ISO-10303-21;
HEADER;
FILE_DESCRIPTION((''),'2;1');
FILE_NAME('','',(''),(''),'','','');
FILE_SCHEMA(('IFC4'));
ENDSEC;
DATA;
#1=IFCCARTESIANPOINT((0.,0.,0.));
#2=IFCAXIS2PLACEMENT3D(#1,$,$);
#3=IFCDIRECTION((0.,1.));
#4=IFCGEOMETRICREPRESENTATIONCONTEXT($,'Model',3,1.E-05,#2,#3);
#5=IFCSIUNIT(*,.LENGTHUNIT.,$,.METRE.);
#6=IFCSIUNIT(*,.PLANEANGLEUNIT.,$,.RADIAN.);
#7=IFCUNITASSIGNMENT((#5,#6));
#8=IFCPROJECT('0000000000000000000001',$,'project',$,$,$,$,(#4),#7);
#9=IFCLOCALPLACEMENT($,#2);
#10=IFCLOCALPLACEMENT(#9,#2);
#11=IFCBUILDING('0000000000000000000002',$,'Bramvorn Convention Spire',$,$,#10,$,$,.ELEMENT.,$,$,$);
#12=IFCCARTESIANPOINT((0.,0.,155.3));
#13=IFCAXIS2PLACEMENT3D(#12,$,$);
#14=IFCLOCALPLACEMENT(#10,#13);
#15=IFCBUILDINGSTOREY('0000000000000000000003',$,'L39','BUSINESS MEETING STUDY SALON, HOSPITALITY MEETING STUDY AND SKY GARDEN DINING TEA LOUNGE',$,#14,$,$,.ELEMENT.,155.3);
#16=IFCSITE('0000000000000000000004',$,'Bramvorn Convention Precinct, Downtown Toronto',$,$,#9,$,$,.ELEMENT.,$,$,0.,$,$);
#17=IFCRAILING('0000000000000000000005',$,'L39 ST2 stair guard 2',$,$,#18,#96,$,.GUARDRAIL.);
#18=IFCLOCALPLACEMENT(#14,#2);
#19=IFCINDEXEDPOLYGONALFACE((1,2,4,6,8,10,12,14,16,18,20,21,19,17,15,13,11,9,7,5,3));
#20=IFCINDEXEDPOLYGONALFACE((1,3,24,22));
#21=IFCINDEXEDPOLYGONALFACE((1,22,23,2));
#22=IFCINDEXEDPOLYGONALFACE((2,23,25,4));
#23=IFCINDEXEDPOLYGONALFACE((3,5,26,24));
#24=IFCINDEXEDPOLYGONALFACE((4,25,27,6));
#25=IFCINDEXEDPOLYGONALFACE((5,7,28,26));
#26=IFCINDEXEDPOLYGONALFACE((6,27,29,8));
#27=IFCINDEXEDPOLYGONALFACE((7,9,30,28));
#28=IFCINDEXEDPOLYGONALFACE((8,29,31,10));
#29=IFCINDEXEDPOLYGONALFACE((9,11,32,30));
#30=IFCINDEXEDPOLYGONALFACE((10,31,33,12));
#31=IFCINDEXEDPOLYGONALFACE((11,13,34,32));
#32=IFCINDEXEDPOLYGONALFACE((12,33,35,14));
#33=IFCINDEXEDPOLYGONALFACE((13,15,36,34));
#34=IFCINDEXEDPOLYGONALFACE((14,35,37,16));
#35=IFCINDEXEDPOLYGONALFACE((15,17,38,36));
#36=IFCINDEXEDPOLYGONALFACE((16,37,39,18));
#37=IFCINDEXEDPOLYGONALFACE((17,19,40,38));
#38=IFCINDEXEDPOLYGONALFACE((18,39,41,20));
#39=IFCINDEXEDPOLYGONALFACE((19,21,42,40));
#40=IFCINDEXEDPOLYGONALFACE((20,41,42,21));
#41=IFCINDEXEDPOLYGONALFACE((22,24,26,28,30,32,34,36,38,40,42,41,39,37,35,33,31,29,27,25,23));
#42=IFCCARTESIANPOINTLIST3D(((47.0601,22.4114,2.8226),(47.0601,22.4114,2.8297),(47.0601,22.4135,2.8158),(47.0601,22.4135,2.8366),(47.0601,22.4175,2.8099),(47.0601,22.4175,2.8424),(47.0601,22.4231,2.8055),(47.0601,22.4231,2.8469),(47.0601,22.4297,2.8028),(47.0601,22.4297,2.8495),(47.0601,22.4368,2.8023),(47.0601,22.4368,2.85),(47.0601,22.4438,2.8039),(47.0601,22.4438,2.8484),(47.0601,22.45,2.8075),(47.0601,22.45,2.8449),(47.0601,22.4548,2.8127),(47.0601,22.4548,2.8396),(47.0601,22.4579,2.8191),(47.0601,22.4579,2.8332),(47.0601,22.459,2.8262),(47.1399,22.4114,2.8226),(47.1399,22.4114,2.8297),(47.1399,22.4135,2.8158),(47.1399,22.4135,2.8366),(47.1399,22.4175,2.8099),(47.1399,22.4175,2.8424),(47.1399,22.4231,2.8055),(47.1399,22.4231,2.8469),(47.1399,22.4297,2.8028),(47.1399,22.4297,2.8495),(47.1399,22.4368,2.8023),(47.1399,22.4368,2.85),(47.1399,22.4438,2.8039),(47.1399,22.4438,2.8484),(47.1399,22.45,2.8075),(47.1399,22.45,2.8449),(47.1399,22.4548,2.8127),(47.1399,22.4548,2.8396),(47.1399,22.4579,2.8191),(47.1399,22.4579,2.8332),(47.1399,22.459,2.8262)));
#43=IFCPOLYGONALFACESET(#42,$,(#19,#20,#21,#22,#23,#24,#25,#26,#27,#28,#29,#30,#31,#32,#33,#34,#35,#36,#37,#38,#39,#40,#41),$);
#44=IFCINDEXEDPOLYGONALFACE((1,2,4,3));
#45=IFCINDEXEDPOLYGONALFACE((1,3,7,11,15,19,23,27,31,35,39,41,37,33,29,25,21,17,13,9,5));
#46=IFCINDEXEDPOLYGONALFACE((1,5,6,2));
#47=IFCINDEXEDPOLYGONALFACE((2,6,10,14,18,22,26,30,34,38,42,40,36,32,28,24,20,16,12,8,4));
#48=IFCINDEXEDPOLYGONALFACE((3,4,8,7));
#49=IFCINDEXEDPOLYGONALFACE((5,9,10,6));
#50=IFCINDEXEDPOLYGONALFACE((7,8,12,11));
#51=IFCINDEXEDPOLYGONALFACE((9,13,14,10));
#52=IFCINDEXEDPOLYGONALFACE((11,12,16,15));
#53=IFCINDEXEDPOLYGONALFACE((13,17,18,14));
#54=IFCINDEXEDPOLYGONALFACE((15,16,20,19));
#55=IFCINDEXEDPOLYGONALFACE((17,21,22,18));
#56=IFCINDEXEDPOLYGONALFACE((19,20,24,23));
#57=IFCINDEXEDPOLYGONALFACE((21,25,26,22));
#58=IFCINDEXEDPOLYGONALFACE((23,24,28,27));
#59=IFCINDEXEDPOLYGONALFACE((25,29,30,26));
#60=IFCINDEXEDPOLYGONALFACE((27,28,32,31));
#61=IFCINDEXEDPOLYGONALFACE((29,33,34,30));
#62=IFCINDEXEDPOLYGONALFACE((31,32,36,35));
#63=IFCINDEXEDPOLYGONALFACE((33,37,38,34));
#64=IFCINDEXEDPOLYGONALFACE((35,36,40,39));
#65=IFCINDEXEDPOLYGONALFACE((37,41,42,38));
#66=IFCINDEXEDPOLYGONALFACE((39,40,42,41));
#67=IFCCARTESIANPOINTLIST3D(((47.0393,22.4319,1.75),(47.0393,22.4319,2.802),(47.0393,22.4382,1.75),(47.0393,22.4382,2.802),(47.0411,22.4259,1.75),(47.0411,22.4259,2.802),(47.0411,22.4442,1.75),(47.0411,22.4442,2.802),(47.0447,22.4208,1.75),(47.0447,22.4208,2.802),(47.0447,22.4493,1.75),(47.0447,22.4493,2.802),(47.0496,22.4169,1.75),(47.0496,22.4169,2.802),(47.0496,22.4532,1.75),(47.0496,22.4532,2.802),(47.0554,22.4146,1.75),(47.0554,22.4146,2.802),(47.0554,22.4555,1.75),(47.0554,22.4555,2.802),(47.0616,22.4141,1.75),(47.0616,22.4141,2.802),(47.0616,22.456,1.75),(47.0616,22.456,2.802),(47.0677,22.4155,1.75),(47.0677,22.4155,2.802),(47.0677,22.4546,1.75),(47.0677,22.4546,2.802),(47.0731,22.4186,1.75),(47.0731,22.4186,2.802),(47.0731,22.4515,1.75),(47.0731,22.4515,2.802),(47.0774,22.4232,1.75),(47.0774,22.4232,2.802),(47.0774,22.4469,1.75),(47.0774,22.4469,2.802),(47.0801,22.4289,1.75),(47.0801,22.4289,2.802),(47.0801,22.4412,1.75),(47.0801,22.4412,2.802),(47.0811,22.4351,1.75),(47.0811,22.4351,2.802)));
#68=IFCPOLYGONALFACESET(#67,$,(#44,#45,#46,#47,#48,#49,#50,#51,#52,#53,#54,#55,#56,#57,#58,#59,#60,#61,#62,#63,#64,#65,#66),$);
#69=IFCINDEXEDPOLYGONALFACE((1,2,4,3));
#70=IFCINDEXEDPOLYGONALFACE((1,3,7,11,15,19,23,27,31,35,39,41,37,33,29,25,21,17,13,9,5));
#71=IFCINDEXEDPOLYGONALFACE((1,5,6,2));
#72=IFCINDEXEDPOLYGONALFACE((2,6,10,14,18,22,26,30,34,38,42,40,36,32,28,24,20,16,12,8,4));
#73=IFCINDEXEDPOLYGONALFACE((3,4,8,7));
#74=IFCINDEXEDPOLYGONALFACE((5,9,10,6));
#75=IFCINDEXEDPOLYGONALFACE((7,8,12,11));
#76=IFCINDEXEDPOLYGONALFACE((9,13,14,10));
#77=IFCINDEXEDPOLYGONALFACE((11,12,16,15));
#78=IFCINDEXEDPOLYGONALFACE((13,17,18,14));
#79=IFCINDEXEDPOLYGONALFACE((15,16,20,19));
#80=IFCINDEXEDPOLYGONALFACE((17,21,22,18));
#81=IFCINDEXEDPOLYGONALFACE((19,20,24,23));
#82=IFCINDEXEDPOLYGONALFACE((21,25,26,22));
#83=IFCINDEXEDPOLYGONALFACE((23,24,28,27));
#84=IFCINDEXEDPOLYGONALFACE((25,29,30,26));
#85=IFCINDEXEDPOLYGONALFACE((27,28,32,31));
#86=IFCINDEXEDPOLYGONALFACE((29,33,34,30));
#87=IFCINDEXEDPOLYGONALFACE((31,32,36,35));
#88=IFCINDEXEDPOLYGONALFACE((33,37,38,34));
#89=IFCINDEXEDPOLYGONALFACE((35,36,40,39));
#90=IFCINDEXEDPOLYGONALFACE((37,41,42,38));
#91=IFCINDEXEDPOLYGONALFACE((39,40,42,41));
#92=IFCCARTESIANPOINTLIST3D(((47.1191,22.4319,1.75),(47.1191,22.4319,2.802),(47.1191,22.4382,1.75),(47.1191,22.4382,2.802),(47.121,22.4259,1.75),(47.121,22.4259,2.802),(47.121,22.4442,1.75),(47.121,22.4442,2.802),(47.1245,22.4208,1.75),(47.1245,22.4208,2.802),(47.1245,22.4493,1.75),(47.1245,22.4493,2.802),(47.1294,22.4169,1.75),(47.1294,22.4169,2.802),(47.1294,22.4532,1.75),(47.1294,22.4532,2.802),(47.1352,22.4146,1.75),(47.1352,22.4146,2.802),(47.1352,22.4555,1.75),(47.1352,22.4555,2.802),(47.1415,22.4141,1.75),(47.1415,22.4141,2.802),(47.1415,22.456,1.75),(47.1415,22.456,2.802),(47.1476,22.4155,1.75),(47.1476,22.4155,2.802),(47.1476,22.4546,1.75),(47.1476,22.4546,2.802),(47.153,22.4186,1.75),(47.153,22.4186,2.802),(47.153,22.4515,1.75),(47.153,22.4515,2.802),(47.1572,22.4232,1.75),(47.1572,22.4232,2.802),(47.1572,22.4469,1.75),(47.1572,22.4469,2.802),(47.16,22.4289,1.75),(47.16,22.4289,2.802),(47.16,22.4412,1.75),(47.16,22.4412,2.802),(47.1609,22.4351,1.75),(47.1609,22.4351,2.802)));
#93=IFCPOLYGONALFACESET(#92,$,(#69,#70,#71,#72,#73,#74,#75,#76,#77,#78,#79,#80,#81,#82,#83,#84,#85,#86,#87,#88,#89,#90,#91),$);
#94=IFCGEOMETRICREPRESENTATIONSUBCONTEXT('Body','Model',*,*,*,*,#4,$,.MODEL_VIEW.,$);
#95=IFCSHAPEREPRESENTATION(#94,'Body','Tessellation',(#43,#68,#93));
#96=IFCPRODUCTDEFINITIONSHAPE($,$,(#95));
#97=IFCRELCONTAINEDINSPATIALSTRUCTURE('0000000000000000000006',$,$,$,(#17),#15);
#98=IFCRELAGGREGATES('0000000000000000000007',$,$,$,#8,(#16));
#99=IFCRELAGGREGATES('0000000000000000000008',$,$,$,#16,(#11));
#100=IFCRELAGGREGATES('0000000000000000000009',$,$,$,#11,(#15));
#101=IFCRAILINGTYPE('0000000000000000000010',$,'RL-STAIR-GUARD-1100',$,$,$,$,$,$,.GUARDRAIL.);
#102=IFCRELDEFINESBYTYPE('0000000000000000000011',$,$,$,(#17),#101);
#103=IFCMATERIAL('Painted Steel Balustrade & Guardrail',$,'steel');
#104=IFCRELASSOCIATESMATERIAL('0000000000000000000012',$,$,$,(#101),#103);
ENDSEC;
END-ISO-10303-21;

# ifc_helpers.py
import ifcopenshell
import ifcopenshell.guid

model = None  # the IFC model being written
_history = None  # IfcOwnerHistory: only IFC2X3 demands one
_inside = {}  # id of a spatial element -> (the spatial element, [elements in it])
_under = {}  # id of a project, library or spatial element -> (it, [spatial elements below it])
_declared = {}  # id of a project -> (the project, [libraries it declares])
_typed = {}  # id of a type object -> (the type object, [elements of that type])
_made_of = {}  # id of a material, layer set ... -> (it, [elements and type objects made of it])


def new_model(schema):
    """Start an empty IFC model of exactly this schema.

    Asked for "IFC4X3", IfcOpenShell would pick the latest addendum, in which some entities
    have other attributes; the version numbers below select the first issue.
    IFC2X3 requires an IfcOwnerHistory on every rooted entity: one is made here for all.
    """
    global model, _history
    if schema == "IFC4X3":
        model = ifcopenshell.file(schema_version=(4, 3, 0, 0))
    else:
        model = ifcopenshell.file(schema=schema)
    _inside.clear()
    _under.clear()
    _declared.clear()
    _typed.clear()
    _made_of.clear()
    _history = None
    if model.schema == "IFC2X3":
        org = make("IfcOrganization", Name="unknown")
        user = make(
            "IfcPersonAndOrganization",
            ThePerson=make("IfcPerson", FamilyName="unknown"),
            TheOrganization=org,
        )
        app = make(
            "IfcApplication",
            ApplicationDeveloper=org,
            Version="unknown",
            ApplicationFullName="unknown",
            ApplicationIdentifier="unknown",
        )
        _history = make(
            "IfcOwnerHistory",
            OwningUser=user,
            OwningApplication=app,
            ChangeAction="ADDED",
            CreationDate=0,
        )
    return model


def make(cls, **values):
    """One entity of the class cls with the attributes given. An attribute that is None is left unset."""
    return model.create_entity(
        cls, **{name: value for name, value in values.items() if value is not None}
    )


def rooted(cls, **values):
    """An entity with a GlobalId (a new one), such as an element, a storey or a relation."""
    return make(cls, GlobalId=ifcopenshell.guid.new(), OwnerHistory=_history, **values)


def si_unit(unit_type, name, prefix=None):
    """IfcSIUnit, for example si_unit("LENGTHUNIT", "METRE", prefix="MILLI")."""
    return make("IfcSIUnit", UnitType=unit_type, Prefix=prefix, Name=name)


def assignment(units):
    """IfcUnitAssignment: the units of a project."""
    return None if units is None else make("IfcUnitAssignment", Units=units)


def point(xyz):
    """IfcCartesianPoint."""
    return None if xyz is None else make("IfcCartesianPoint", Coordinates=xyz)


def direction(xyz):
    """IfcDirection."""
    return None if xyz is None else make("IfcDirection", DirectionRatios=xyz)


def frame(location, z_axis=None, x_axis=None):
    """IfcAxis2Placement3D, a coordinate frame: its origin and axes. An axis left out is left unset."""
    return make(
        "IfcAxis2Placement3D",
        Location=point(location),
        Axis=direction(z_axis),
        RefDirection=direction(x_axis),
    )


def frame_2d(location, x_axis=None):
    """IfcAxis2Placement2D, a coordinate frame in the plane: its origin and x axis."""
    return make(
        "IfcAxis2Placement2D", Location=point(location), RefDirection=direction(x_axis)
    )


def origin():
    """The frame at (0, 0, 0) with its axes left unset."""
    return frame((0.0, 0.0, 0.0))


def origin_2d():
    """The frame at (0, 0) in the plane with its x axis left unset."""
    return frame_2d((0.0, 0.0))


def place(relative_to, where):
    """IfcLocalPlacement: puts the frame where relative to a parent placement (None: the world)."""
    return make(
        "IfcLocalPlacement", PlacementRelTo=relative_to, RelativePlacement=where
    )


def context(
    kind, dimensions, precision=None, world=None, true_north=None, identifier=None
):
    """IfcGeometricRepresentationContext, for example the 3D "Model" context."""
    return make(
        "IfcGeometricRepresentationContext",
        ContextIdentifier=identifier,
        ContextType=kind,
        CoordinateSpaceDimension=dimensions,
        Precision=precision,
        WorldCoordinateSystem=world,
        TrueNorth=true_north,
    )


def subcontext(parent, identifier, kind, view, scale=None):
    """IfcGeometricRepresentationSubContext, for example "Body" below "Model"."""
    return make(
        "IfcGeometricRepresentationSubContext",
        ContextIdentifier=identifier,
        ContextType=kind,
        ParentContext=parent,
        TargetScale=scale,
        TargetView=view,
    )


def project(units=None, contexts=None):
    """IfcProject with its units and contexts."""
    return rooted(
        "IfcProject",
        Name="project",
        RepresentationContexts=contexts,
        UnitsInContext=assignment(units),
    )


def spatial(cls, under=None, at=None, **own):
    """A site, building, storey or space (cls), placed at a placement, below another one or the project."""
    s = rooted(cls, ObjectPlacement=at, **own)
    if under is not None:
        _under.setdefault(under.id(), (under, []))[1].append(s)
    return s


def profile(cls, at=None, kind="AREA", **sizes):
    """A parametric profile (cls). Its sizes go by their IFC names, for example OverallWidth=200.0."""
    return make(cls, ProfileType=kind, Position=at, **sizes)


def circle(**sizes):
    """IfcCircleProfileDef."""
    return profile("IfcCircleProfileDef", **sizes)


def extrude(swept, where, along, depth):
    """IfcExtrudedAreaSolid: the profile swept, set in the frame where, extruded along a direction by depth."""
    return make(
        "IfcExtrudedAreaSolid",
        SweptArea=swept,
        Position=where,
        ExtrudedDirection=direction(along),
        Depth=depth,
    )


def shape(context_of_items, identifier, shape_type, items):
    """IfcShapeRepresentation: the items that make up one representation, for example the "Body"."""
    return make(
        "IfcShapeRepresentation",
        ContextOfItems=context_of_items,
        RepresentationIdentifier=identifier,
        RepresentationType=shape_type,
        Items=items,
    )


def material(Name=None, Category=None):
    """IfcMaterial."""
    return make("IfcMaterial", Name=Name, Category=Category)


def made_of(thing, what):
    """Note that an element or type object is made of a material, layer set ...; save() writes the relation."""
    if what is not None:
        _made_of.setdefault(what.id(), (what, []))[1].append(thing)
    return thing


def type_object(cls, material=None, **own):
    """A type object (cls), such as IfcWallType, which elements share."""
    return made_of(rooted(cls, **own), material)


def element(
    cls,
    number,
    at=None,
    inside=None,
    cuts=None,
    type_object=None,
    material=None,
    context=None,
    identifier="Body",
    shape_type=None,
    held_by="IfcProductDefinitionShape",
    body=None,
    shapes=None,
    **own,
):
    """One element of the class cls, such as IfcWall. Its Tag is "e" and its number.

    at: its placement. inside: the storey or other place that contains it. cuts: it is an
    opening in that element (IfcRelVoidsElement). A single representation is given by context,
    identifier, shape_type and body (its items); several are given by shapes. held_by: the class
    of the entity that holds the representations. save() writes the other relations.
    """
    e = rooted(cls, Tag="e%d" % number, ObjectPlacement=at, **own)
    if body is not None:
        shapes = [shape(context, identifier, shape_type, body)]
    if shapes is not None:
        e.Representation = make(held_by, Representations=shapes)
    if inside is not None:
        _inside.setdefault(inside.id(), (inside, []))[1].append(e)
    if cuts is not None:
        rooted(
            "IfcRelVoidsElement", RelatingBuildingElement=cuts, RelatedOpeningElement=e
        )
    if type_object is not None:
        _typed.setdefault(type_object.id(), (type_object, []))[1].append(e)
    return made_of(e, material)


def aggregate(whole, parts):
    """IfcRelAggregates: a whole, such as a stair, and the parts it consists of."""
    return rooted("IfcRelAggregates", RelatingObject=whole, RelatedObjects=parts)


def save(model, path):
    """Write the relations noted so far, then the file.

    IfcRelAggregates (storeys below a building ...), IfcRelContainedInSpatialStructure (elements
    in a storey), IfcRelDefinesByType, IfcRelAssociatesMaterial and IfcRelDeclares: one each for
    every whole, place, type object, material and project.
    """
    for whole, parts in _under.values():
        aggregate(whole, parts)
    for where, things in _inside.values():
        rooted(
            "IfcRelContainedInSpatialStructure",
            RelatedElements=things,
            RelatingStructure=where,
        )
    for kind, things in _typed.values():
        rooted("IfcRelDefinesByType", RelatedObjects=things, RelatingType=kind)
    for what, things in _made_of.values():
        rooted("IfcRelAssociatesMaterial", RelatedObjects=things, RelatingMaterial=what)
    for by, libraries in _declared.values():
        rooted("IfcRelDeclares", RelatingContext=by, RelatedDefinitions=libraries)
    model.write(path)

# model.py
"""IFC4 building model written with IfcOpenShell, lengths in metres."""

from ifc_helpers import new_model, si_unit, direction, frame, origin, origin_2d, place, context, subcontext, project, spatial, circle, extrude, material, type_object, element, save


model = new_model("IFC4")

# Units and contexts
model_context = context("Model", 3, precision=1e-05, world=origin(), true_north=direction((0.0, 1.0)))
body_context = subcontext(model_context, "Body", "Model", "MODEL_VIEW")
ifc_project = project(units=[si_unit("LENGTHUNIT", "METRE"), si_unit("PLANEANGLEUNIT", "RADIAN")], contexts=[model_context])

# Site, building, storey
site_placement = place(None, origin())
site = spatial("IfcSite", under=ifc_project, at=site_placement, Name="Bramvorn Convention Precinct, Downtown Toronto", CompositionType="ELEMENT", RefElevation=0.0)
building_placement = place(site_placement, origin())
building = spatial("IfcBuilding", under=site, at=building_placement, Name="Bramvorn Convention Spire", CompositionType="ELEMENT")
storey_placement = place(building_placement, frame((0.0, 0.0, 155.3)))
storey = spatial("IfcBuildingStorey", under=building, at=storey_placement, Name="L39", Description="BUSINESS MEETING STUDY SALON, HOSPITALITY MEETING STUDY AND SKY GARDEN DINING TEA LOUNGE", CompositionType="ELEMENT", Elevation=155.3)

# Railing
ifc_material_1 = material(Name="Painted Steel Balustrade & Guardrail", Category="steel")
railing_type_1 = type_object("IfcRailingType", Name="RL-STAIR-GUARD-1100", PredefinedType="GUARDRAIL", material=ifc_material_1)
railing_1_placement = place(storey_placement, frame((47.0601, 22.4351, 1.75)))
element("IfcRailing", 1, at=railing_1_placement, inside=storey, type_object=railing_type_1, Name="L39 ST2 stair guard 2", PredefinedType="GUARDRAIL", context=body_context, shape_type="SweptSolid", body=[
    extrude(circle(Radius=0.0239, at=origin_2d()), frame((0.0, 0.0, 1.0762), z_axis=(1.0, 0.0, 0.0), x_axis=(0.0, 1.0, 0.0)), (0.0, 0.0, 1.0), 0.0798),
    extrude(circle(Radius=0.021, at=origin_2d()), origin(), (0.0, 0.0, 1.0), 1.052),
    extrude(circle(Radius=0.021, at=origin_2d()), frame((0.0798, 0.0, 0.0)), (0.0, 0.0, 1.0), 1.052),
])

save(model, "model.ifc")
